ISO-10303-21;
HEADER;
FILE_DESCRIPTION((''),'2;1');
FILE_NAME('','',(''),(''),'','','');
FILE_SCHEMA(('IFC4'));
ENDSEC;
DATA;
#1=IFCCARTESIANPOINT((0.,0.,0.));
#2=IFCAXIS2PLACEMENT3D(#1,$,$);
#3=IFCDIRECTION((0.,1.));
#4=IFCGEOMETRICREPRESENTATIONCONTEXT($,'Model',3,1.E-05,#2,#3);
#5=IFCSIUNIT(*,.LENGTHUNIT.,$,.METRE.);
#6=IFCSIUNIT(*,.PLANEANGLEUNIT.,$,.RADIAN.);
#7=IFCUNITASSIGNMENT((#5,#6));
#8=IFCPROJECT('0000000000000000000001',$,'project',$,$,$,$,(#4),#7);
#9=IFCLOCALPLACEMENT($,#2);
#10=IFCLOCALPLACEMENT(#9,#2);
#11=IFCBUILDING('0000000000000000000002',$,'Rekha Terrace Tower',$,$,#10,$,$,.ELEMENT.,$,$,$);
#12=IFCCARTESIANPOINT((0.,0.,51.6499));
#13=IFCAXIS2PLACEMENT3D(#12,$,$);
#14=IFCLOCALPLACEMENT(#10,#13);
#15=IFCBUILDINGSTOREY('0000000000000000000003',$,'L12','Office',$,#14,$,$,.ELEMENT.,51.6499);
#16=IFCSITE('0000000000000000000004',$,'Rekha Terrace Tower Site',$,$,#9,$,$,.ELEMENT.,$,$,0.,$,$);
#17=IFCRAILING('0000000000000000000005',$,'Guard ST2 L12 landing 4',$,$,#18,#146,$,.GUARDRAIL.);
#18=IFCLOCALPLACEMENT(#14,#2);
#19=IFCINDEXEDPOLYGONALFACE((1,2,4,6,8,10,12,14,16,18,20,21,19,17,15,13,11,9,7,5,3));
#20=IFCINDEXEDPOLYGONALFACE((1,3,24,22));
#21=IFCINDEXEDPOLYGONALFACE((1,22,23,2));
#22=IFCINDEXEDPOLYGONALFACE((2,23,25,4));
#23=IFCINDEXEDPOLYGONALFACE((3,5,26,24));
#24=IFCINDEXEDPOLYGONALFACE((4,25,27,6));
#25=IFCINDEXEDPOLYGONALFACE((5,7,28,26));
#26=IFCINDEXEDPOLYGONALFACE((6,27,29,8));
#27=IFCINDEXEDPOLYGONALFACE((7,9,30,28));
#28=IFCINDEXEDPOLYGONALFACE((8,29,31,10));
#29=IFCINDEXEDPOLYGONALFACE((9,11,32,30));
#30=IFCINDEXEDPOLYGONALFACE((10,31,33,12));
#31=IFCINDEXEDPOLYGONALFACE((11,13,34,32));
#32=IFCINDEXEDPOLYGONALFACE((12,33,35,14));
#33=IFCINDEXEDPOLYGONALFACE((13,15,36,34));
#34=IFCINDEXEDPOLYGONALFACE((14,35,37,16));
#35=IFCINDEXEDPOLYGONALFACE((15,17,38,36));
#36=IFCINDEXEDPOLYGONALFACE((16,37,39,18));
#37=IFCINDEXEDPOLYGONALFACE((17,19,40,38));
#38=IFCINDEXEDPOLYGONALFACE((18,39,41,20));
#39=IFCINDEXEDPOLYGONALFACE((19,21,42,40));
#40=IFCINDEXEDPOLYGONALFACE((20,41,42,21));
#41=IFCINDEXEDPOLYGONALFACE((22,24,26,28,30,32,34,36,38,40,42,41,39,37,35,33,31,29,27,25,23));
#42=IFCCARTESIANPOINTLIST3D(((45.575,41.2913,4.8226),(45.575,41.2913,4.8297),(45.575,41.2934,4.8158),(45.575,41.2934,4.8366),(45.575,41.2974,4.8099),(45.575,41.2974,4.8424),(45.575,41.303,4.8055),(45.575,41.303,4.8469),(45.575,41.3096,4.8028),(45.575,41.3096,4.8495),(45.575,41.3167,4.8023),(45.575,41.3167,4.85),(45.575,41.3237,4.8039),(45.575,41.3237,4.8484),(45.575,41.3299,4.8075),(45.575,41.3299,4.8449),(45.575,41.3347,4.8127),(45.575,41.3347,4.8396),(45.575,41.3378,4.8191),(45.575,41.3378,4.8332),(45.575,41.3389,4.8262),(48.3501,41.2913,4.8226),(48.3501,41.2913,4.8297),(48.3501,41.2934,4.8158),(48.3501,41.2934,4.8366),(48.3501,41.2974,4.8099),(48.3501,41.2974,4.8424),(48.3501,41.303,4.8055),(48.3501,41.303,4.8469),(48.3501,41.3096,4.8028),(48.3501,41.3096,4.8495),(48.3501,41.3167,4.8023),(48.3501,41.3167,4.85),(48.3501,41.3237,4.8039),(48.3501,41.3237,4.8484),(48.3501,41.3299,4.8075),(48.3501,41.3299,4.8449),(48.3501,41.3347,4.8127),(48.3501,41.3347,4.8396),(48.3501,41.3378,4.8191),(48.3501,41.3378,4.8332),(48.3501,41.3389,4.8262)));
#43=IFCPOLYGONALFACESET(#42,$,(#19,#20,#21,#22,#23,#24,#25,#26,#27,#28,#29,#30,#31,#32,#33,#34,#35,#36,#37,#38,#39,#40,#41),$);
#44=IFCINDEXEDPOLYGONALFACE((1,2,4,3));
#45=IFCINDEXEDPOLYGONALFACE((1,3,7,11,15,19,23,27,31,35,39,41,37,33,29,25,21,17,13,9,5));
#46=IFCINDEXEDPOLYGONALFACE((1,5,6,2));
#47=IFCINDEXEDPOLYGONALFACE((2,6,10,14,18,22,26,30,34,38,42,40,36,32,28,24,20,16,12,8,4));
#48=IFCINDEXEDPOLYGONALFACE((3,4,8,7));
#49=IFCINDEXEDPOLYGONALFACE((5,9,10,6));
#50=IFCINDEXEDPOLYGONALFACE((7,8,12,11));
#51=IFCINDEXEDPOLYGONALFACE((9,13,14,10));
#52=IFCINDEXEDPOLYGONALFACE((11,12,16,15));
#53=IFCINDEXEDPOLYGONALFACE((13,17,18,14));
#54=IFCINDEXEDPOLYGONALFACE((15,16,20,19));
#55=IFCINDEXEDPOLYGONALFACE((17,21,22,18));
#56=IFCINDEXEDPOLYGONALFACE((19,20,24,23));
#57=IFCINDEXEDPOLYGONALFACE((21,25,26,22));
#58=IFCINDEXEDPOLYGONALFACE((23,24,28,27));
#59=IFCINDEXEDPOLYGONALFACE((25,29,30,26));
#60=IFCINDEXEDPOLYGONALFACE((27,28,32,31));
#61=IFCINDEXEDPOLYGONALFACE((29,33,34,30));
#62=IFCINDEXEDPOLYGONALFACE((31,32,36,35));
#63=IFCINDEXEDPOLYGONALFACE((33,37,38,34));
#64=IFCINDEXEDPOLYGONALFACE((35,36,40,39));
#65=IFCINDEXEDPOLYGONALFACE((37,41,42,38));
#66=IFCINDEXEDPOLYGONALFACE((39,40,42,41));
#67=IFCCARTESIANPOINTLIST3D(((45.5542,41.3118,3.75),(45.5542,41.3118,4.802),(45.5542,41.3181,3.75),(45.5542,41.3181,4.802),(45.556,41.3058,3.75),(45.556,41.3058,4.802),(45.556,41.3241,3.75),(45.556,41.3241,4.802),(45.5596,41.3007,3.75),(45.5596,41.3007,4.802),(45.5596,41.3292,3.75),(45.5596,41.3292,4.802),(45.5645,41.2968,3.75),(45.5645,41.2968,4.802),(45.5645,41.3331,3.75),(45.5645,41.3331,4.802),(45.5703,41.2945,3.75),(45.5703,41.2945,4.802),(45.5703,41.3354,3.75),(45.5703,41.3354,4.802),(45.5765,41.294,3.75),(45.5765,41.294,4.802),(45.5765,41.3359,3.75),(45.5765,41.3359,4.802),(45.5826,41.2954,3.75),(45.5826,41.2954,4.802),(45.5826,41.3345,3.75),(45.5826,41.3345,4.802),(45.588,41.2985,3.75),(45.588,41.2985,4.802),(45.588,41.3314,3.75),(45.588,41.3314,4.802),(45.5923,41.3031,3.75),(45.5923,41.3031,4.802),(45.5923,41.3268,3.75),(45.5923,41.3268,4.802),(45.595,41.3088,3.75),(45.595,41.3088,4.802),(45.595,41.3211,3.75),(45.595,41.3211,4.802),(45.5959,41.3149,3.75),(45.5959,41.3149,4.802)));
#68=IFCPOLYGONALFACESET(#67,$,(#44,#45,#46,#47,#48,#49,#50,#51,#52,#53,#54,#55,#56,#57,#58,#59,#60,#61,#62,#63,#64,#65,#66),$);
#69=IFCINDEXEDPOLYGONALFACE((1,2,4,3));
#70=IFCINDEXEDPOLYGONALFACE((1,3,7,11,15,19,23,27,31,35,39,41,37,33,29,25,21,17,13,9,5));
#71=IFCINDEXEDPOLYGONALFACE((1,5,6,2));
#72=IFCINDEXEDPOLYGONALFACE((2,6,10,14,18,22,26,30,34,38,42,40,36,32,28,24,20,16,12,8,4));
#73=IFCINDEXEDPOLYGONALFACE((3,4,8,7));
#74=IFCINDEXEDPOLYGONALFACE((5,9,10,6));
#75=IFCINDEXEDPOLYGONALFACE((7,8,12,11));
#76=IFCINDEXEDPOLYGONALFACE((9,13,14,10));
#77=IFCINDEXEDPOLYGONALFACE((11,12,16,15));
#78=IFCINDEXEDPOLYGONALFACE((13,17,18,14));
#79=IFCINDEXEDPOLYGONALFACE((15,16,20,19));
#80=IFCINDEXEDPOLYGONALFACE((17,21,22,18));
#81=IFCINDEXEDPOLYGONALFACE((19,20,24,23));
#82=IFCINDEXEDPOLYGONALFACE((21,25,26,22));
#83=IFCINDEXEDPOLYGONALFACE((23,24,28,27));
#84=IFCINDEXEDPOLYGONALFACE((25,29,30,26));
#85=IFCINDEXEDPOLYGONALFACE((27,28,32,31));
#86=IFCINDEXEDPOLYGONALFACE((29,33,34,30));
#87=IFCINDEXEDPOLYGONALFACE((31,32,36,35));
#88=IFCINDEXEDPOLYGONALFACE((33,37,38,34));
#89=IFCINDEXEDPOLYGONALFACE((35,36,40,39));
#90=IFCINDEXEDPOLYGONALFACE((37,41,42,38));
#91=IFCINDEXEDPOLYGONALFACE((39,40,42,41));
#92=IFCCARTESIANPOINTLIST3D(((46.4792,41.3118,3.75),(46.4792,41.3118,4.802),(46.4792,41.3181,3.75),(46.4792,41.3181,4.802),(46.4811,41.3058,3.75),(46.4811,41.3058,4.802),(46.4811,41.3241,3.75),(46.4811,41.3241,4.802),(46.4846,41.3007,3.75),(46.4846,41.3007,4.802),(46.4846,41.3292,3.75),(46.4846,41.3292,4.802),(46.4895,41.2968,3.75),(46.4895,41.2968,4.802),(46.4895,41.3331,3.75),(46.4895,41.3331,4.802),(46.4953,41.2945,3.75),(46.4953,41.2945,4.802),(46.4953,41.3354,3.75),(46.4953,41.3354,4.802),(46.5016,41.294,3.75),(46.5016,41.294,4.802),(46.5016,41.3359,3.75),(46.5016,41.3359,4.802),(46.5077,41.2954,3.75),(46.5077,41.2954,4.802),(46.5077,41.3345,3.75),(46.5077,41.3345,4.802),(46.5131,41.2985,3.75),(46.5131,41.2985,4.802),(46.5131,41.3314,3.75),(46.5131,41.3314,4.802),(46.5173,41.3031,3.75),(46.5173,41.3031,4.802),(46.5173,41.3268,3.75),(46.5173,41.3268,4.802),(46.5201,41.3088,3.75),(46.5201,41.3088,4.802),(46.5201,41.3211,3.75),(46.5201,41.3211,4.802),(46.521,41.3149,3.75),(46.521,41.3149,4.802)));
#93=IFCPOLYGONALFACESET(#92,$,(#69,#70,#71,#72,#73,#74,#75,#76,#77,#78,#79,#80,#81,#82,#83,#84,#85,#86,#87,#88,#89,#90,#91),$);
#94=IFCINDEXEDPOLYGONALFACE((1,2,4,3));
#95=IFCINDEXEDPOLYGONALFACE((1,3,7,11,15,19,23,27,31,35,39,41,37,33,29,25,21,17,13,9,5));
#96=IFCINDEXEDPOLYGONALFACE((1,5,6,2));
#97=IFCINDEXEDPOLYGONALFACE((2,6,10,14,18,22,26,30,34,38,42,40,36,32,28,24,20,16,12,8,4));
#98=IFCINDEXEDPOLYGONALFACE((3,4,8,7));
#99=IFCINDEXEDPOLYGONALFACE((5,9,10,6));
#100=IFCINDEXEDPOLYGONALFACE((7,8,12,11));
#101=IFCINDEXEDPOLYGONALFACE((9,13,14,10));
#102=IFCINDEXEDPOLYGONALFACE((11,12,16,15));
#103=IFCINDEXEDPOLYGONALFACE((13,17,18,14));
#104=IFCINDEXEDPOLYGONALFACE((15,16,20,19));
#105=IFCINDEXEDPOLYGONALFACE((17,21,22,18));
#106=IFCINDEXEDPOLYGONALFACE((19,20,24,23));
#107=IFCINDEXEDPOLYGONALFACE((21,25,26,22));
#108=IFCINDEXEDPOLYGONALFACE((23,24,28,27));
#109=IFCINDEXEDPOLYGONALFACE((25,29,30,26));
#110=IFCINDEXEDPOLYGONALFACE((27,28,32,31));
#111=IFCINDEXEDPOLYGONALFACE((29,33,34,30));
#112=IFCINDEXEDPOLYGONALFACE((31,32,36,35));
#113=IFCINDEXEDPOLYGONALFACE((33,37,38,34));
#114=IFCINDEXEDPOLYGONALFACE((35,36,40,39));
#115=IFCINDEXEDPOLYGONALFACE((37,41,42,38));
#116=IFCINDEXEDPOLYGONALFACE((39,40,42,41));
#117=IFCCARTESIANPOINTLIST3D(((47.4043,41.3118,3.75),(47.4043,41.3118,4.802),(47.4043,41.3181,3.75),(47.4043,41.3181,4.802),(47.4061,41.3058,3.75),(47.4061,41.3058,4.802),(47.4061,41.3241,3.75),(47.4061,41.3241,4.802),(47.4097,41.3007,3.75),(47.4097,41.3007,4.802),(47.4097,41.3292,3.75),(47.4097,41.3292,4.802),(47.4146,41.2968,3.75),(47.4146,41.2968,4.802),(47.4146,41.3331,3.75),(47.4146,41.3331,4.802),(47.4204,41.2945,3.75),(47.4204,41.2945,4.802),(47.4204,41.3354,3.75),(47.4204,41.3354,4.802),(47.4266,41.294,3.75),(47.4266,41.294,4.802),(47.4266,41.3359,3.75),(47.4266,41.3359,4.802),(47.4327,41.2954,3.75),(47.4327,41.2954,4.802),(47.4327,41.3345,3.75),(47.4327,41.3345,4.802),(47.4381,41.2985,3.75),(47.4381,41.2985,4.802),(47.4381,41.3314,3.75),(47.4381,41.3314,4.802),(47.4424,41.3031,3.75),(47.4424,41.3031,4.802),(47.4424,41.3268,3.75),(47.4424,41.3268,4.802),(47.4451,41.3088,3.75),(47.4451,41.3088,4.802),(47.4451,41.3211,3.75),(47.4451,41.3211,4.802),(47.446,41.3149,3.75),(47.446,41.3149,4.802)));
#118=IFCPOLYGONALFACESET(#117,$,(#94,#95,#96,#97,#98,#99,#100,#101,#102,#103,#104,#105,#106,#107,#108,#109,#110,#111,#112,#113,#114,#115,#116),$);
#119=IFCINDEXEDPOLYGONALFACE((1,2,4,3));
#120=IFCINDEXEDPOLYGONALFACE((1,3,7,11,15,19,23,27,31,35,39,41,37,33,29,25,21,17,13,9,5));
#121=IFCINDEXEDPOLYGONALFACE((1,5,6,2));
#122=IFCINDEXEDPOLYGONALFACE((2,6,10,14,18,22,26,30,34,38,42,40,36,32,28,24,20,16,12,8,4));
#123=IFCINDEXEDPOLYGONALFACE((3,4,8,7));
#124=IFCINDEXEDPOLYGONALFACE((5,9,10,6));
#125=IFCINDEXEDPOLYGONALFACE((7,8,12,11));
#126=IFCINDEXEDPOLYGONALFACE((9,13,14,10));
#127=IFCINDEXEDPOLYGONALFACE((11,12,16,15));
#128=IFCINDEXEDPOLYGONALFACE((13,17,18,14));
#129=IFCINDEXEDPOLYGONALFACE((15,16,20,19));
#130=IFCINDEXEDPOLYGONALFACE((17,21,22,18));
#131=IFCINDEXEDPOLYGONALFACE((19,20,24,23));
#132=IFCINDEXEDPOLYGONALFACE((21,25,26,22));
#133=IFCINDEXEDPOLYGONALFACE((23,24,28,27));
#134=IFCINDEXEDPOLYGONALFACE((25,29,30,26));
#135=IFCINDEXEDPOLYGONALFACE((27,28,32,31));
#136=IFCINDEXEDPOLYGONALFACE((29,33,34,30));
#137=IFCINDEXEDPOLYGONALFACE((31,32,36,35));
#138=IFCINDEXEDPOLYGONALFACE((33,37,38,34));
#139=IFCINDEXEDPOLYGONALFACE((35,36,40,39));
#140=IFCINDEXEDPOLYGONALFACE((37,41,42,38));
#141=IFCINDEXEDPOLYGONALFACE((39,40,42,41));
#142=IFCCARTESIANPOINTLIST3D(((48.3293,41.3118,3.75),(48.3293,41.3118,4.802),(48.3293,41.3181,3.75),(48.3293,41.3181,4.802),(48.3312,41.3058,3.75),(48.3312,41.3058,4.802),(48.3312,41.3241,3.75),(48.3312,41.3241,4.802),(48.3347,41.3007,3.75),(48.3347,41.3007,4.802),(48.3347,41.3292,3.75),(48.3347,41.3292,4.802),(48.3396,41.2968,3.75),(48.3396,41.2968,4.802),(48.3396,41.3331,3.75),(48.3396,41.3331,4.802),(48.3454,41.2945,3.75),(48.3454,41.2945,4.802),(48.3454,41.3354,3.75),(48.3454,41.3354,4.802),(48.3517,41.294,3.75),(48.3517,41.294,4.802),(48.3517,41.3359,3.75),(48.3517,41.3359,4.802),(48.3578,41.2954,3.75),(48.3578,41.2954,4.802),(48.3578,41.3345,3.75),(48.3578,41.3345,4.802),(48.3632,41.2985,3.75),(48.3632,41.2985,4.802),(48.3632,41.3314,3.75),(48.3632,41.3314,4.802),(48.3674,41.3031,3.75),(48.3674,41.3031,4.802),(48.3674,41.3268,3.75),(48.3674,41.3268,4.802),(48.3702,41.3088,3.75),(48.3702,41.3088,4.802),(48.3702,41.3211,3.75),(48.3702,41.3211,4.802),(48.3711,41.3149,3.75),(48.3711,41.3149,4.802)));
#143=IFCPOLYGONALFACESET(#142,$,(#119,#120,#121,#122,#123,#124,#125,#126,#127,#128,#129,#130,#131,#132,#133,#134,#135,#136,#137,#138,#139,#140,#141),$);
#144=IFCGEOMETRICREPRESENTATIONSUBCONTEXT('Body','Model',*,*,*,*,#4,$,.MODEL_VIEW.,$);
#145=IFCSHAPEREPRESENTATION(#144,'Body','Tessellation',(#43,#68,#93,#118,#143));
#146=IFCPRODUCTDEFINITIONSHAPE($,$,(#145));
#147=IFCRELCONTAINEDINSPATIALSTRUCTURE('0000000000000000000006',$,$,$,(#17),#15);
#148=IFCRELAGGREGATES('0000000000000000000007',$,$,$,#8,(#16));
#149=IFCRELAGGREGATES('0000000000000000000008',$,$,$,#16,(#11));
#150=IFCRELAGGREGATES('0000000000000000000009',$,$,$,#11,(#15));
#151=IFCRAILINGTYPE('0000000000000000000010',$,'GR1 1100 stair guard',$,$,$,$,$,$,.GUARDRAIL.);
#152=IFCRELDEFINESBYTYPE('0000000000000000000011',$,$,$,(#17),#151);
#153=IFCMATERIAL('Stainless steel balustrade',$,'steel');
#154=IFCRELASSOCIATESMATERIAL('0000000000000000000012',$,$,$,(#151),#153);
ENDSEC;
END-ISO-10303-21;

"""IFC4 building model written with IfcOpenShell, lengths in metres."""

from ifc_helpers import new_model, si_unit, direction, frame, origin, origin_2d, place, context, subcontext, project, spatial, circle, extrude, material, type_object, element, save


model = new_model("IFC4")

# Units and contexts
model_context = context("Model", 3, precision=1e-05, world=origin(), true_north=direction((0.0, 1.0)))
body_context = subcontext(model_context, "Body", "Model", "MODEL_VIEW")
ifc_project = project(units=[si_unit("LENGTHUNIT", "METRE"), si_unit("PLANEANGLEUNIT", "RADIAN")], contexts=[model_context])

# Site, building, storey
site_placement = place(None, origin())
site = spatial("IfcSite", under=ifc_project, at=site_placement, Name="Rekha Terrace Tower Site", CompositionType="ELEMENT", RefElevation=0.0)
building_placement = place(site_placement, origin())
building = spatial("IfcBuilding", under=site, at=building_placement, Name="Rekha Terrace Tower", CompositionType="ELEMENT")
storey_placement = place(building_placement, frame((0.0, 0.0, 51.6499)))
storey = spatial("IfcBuildingStorey", under=building, at=storey_placement, Name="L12", Description="Office", CompositionType="ELEMENT", Elevation=51.6499)

# Railing
ifc_material_1 = material(Name="Stainless steel balustrade", Category="steel")
railing_type_1 = type_object("IfcRailingType", Name="GR1 1100 stair guard", PredefinedType="GUARDRAIL", material=ifc_material_1)
railing_1_placement = place(storey_placement, frame((45.575, 41.3149, 3.75)))
element("IfcRailing", 1, at=railing_1_placement, inside=storey, type_object=railing_type_1, Name="Guard ST2 L12 landing 4", PredefinedType="GUARDRAIL", context=body_context, shape_type="SweptSolid", body=[
    extrude(circle(Radius=0.0239, at=origin_2d()), frame((0.0, 0.0, 1.0762), z_axis=(1.0, 0.0, 0.0), x_axis=(0.0, 1.0, 0.0)), (0.0, 0.0, 1.0), 2.7751),
    extrude(circle(Radius=0.021, at=origin_2d()), origin(), (0.0, 0.0, 1.0), 1.052),
    extrude(circle(Radius=0.021, at=origin_2d()), frame((0.925, 0.0, 0.0)), (0.0, 0.0, 1.0), 1.052),
    extrude(circle(Radius=0.021, at=origin_2d()), frame((1.8501, 0.0, 0.0)), (0.0, 0.0, 1.0), 1.052),
    extrude(circle(Radius=0.021, at=origin_2d()), frame((2.7751, 0.0, 0.0)), (0.0, 0.0, 1.0), 1.052),
])

save(model, "model.ifc")
